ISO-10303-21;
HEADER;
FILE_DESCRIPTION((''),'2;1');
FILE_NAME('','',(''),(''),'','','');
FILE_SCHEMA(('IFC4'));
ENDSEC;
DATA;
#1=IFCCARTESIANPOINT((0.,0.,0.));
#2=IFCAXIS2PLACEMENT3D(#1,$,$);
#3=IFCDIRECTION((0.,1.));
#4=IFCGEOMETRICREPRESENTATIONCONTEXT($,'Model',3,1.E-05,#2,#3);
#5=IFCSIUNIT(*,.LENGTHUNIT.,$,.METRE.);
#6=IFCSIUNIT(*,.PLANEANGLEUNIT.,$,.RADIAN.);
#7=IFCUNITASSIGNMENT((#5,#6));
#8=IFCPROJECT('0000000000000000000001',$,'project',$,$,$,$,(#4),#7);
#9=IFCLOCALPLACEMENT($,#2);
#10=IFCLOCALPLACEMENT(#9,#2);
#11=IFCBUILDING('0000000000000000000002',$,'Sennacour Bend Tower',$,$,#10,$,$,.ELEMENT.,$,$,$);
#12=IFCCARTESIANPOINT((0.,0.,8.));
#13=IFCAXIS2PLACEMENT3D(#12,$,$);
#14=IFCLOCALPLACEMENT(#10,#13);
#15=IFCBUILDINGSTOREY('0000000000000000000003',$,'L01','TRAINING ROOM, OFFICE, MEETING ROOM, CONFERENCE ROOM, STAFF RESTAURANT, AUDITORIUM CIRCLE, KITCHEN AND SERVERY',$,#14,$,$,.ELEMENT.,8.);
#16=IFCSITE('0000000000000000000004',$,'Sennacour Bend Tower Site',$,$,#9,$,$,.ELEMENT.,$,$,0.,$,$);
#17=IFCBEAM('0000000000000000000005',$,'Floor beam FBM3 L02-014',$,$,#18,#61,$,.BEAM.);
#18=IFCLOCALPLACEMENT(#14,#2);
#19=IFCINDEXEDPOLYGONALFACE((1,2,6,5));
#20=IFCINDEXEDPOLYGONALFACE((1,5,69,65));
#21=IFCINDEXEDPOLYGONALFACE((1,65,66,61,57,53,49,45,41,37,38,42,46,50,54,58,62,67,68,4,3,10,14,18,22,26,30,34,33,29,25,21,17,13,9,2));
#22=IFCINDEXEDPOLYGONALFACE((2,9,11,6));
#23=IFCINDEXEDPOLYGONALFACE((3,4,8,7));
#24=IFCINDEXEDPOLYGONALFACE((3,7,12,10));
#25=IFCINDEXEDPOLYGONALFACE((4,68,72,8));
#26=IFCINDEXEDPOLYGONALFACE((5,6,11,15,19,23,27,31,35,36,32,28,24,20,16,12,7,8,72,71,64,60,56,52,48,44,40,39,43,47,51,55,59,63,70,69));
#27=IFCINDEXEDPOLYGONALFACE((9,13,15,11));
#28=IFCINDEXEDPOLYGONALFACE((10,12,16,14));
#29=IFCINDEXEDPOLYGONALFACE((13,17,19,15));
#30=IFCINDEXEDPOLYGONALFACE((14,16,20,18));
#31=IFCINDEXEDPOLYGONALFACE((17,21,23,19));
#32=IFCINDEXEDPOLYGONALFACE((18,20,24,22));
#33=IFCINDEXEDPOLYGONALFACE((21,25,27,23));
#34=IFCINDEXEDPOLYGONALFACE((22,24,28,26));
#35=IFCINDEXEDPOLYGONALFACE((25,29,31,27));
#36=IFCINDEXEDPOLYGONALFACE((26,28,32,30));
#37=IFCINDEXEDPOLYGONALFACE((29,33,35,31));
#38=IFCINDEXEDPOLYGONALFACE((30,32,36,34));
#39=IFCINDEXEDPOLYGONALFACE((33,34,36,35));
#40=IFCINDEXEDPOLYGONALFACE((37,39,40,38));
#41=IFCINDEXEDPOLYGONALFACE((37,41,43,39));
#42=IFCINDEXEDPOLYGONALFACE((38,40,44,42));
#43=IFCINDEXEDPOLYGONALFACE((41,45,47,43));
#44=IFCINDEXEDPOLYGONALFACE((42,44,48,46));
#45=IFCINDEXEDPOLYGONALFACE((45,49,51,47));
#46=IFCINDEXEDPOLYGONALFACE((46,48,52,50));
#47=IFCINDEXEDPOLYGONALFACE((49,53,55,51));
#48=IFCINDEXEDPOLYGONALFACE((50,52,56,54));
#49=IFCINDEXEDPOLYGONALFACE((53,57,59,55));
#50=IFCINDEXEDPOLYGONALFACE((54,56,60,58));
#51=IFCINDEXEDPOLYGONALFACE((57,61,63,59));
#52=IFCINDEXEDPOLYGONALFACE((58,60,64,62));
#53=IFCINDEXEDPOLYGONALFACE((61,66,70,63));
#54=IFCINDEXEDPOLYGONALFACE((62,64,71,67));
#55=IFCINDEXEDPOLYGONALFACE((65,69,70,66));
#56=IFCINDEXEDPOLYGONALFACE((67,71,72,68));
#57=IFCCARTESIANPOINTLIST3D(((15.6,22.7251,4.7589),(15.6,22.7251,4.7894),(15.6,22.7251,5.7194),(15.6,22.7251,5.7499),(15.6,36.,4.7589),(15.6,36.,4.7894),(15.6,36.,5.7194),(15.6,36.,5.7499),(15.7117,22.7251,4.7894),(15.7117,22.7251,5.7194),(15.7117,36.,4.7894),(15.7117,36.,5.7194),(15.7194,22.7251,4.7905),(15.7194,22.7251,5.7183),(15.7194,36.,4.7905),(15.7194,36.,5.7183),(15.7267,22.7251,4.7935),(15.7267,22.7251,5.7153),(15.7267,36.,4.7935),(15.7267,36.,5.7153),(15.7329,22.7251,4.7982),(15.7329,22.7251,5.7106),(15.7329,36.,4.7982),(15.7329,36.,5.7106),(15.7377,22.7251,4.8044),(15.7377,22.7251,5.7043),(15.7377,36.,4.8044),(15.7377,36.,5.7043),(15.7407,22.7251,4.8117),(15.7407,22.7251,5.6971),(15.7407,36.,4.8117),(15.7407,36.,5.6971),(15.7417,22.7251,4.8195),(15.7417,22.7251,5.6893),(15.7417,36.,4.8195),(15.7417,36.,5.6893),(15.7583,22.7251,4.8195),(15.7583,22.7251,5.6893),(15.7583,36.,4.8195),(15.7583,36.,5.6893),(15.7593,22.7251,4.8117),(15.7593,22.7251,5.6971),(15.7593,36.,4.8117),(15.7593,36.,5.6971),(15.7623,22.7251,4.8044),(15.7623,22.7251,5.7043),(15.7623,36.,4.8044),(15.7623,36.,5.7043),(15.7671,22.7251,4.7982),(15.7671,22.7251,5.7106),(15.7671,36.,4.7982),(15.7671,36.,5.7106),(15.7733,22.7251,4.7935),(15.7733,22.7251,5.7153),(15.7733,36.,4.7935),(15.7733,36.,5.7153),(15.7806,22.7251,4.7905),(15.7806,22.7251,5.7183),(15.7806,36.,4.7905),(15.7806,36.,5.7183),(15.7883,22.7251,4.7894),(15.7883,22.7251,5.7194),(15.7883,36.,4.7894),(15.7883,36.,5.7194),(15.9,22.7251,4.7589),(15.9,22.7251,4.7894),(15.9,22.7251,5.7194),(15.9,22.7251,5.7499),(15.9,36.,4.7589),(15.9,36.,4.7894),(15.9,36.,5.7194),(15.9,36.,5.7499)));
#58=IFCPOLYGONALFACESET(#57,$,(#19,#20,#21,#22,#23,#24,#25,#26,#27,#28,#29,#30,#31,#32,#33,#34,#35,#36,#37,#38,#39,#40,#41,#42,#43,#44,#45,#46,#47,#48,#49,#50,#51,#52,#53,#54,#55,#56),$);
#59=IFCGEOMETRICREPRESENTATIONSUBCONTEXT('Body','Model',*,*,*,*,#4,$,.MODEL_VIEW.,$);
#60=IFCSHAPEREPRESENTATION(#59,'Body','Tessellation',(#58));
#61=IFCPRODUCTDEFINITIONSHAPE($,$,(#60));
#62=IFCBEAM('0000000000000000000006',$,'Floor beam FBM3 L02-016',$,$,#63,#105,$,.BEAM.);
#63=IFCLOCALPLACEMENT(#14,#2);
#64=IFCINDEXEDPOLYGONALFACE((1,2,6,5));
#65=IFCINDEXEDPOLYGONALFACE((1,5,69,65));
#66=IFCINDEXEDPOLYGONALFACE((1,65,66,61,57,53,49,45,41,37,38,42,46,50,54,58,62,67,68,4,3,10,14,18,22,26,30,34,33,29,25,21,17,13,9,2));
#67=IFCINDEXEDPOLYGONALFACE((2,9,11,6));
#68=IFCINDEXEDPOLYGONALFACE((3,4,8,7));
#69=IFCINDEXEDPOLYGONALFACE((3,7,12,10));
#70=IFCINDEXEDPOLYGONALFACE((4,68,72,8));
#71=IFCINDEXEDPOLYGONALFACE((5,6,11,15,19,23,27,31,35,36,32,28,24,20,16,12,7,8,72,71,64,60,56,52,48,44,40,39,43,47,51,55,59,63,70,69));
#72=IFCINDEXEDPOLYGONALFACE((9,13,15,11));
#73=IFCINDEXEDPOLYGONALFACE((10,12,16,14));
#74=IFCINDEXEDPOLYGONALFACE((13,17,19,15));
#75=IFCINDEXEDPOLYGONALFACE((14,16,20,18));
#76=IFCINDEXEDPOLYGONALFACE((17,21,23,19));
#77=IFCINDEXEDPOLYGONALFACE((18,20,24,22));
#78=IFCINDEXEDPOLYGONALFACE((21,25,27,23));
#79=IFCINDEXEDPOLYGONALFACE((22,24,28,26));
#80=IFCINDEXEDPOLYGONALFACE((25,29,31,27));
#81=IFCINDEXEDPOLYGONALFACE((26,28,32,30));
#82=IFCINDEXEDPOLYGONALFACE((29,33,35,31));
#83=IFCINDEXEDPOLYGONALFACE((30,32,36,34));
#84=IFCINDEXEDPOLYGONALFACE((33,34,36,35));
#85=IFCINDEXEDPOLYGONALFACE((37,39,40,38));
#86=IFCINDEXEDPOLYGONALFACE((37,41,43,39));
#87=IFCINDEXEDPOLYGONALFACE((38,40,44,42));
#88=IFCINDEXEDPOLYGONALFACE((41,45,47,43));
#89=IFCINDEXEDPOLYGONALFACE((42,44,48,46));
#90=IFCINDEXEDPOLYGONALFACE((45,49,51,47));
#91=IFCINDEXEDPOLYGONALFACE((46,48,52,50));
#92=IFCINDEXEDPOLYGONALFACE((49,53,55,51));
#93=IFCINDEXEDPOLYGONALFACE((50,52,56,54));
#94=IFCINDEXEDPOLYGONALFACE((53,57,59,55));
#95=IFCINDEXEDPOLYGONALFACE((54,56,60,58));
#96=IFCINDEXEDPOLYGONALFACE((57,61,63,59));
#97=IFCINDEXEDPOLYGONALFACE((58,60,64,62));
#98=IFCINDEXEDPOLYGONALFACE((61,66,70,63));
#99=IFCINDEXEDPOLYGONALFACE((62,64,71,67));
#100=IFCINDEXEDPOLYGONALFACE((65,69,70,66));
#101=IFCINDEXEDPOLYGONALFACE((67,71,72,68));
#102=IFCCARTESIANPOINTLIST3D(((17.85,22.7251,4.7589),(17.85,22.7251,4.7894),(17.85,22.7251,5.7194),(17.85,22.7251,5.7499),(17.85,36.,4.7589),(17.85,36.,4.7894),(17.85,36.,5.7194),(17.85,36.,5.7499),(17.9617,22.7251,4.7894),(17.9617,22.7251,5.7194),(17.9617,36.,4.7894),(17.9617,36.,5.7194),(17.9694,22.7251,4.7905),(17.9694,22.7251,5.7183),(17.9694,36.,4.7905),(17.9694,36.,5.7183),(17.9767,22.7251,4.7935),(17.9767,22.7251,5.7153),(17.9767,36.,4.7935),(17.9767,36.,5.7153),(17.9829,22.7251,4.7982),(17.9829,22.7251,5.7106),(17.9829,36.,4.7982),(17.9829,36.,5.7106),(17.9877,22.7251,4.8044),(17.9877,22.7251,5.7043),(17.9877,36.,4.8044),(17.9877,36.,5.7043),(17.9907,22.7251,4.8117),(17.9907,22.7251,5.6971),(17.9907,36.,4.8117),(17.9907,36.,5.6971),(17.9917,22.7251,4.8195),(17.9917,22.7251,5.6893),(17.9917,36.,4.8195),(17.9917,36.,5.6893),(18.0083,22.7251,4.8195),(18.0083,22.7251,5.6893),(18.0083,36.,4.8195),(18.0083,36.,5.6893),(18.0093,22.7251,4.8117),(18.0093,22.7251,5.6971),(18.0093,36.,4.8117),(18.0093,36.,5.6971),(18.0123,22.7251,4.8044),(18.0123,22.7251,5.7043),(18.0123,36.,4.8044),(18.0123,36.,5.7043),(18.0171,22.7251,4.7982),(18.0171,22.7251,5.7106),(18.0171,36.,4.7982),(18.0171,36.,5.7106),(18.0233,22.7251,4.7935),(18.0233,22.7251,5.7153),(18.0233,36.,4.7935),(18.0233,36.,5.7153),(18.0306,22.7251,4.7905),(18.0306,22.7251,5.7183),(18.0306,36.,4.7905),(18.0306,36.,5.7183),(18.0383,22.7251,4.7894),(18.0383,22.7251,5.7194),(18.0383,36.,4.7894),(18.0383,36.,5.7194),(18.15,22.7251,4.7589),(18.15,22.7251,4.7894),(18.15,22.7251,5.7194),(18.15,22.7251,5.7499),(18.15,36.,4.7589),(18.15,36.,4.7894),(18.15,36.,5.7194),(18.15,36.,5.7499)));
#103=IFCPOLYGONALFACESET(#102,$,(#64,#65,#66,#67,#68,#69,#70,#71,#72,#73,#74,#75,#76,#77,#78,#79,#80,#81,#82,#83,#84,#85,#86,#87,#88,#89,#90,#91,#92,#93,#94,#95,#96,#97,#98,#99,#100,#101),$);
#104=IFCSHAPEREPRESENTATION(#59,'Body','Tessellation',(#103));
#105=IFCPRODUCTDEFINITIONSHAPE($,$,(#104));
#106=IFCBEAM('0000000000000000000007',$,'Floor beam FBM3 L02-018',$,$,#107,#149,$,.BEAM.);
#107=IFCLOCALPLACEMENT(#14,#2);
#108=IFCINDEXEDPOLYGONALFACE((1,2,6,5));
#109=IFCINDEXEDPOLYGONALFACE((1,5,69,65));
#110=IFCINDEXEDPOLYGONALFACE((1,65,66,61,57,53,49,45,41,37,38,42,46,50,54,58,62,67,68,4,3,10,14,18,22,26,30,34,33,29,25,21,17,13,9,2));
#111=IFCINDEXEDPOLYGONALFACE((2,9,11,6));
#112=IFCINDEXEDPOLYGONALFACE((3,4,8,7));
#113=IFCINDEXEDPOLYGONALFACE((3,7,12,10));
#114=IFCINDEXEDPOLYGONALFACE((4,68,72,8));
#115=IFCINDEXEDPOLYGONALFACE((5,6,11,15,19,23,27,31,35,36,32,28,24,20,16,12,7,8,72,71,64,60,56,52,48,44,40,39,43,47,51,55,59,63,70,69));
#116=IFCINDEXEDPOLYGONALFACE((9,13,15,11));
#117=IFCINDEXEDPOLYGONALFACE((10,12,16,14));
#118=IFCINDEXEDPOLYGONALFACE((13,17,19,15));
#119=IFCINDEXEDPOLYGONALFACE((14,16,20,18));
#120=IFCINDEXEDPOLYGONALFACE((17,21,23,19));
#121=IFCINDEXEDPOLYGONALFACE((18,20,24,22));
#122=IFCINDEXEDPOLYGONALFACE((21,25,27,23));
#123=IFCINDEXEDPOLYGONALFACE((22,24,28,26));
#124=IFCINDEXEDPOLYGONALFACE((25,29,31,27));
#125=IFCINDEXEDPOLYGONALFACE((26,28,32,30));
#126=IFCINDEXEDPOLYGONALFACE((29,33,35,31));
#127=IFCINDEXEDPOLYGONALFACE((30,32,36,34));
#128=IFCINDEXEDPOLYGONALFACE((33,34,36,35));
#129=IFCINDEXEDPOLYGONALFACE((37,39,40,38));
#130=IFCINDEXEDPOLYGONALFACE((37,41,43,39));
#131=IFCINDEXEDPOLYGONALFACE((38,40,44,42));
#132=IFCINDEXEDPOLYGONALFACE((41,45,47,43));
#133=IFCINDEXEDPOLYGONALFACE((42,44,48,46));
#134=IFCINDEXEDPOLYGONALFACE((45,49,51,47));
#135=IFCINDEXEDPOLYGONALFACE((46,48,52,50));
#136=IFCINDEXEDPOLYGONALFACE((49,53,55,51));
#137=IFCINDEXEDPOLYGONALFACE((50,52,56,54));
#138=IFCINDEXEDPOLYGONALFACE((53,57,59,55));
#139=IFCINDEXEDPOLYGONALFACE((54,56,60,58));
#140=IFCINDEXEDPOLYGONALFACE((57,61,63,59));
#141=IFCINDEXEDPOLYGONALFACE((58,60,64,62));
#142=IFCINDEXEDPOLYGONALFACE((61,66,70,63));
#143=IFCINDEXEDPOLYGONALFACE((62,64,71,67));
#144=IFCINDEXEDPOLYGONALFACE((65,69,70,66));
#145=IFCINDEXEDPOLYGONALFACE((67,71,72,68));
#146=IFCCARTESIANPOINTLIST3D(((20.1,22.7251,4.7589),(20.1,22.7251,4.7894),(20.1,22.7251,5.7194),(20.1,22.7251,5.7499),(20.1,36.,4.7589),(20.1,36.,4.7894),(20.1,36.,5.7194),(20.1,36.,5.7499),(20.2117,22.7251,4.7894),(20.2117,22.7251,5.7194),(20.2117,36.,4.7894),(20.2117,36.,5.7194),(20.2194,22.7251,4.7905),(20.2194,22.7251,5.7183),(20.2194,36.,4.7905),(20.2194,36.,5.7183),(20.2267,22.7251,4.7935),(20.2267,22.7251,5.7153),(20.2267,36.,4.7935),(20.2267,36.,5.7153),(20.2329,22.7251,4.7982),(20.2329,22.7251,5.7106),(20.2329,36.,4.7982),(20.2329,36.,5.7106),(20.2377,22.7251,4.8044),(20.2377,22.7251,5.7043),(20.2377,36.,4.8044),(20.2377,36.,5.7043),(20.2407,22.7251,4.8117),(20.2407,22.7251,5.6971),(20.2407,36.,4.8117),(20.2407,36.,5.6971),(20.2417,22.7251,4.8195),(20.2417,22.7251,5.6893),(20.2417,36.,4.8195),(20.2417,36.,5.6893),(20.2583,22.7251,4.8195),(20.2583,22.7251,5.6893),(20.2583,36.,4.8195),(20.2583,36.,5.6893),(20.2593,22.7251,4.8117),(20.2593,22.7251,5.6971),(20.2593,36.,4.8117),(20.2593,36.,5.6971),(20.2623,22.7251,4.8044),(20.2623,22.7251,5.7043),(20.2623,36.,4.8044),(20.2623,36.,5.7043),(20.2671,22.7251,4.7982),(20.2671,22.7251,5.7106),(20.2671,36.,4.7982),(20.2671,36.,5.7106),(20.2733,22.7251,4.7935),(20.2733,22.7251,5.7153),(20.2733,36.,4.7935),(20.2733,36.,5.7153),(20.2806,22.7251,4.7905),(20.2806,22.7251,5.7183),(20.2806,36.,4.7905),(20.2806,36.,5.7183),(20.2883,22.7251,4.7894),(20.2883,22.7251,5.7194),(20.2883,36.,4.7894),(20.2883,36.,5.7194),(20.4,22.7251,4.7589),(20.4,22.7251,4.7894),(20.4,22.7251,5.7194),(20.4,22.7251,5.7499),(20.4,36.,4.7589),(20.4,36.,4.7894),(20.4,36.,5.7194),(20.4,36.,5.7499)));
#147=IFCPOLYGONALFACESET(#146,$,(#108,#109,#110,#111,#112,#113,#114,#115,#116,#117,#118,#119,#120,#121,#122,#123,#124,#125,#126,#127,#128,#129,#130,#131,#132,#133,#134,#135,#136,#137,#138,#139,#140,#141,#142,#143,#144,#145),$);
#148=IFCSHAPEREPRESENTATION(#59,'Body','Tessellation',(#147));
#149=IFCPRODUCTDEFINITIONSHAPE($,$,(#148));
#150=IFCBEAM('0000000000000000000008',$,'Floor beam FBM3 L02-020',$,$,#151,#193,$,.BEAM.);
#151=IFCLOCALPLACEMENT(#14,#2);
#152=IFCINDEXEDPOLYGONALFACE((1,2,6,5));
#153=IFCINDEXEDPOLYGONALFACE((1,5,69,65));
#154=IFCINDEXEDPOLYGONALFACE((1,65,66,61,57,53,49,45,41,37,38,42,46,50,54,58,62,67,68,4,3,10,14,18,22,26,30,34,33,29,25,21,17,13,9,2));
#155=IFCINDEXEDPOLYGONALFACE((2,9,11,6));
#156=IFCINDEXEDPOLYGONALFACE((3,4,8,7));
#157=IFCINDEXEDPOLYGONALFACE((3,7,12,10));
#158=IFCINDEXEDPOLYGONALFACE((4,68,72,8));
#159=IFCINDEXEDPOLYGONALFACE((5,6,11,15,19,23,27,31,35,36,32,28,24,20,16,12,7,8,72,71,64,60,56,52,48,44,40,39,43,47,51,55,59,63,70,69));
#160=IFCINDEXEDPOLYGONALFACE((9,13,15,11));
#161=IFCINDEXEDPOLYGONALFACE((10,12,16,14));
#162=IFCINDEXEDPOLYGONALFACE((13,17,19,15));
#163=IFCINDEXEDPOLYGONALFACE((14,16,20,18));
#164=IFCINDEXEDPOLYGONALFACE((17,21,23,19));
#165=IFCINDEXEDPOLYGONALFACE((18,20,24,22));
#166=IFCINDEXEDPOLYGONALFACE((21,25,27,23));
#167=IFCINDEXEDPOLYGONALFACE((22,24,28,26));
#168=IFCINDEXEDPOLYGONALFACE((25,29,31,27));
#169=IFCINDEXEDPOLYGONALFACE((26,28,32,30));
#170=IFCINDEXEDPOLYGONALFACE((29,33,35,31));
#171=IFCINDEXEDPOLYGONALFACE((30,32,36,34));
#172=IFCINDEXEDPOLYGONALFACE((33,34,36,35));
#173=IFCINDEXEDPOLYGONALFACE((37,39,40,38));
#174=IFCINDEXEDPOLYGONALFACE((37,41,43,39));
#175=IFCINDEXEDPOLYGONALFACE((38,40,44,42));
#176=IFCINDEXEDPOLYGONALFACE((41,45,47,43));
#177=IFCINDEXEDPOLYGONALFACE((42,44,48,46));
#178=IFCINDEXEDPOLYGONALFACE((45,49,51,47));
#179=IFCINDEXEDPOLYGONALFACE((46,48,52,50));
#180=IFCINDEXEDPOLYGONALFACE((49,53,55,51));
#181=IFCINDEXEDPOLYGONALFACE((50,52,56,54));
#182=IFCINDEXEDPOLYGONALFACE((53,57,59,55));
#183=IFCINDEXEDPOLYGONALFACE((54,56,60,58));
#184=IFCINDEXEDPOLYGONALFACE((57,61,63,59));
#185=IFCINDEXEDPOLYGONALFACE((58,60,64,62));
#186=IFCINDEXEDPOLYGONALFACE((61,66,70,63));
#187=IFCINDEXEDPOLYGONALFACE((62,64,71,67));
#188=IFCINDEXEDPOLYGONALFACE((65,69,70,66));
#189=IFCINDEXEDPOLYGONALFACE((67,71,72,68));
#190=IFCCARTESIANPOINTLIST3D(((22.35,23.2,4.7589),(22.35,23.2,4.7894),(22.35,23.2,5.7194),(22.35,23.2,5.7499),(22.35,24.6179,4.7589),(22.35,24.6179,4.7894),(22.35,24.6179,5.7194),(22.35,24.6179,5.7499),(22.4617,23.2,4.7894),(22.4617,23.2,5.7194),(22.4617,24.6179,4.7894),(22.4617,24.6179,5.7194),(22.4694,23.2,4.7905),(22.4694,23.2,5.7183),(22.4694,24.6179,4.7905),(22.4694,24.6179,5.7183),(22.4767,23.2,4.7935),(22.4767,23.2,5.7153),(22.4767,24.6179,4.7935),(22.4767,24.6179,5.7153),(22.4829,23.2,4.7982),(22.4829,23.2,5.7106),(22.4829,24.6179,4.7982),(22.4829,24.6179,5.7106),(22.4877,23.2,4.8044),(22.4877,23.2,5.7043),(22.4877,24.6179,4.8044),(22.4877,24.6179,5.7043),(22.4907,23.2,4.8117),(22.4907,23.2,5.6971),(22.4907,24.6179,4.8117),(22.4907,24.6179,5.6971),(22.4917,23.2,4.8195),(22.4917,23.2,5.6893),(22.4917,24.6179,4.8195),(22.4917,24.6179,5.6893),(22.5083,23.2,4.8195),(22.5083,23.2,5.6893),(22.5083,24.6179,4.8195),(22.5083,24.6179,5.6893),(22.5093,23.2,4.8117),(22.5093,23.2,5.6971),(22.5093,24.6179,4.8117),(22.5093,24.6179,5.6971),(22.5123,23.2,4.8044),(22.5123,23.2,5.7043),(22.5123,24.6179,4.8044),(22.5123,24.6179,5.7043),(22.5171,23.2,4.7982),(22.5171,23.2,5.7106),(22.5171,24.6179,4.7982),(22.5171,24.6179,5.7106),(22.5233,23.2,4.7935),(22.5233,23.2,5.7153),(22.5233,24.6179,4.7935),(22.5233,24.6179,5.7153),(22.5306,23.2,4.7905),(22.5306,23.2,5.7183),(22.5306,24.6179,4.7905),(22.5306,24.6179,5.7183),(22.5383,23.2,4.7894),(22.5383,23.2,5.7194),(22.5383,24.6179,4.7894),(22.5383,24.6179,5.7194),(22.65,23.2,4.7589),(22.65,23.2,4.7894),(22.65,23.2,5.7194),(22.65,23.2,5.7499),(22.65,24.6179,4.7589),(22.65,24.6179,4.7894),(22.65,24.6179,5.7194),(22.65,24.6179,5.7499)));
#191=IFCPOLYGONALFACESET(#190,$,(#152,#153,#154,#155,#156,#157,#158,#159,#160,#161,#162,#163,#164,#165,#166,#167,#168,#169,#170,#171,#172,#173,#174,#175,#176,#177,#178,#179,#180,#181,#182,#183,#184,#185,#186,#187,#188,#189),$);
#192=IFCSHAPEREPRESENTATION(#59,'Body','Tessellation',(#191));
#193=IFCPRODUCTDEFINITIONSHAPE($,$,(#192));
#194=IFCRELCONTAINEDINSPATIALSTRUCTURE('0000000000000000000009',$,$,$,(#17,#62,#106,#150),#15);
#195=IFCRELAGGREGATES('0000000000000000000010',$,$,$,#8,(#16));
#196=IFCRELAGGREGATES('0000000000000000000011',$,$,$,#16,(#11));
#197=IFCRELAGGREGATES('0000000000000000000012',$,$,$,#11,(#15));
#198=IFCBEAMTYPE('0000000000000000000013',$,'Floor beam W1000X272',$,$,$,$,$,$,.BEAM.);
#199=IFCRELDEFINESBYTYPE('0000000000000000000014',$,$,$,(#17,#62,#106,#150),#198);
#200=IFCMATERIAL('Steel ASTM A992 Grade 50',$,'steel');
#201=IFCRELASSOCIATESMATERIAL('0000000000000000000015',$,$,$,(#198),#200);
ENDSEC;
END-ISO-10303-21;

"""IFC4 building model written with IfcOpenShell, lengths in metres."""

from ifc_helpers import new_model, si_unit, direction, frame, origin, origin_2d, place, context, subcontext, project, spatial, i_section, extrude, material, material_profile, profile_set, type_object, element, save


model = new_model("IFC4")

# Units and contexts
model_context = context("Model", 3, precision=1e-05, world=origin(), true_north=direction((0.0, 1.0)))
body_context = subcontext(model_context, "Body", "Model", "MODEL_VIEW")
ifc_project = project(units=[si_unit("LENGTHUNIT", "METRE"), si_unit("PLANEANGLEUNIT", "RADIAN")], contexts=[model_context])

# Site, building, storey
site_placement = place(None, origin())
site = spatial("IfcSite", under=ifc_project, at=site_placement, Name="Sennacour Bend Tower Site", CompositionType="ELEMENT", RefElevation=0.0)
building_placement = place(site_placement, origin())
building = spatial("IfcBuilding", under=site, at=building_placement, Name="Sennacour Bend Tower", CompositionType="ELEMENT")
storey_placement = place(building_placement, frame((0.0, 0.0, 8.0)))
storey = spatial("IfcBuildingStorey", under=building, at=storey_placement, Name="L01", Description="TRAINING ROOM, OFFICE, MEETING ROOM, CONFERENCE ROOM, STAFF RESTAURANT, AUDITORIUM CIRCLE, KITCHEN AND SERVERY", CompositionType="ELEMENT", Elevation=8.0)

# Beams
ifc_material_1 = material(Name="Steel ASTM A992 Grade 50", Category="steel")
ifc_material_profile_1 = material_profile(ifc_material_1, i_section(OverallWidth=0.3, OverallDepth=0.991, WebThickness=0.0166, FlangeThickness=0.0305, FilletRadius=0.03, at=origin_2d()), Name="Steel ASTM A992 Grade 50", Category="steel")
ifc_profile_set_1 = profile_set([ifc_material_profile_1], Name="Steel ASTM A992 Grade 50")
beam_type_1 = type_object("IfcBeamType", Name="Floor beam W1000X272", PredefinedType="BEAM", material=ifc_profile_set_1)
for number, where, z_axis, x_axis, name in (
    (1, (15.75, 22.7251, 5.2544), (0.0, 1.0, 0.0), (-1.0, 0.0, 0.0), "Floor beam FBM3 L02-014"),
    (2, (18.0, 22.7251, 5.2544), (0.0, 1.0, 0.0), (-1.0, 0.0, 0.0), "Floor beam FBM3 L02-016"),
    (3, (20.25, 22.7251, 5.2544), (0.0, 1.0, 0.0), (-1.0, 0.0, 0.0), "Floor beam FBM3 L02-018"),
):
    element("IfcBeam", number, at=place(storey_placement, frame(where, z_axis=z_axis, x_axis=x_axis)), inside=storey, type_object=beam_type_1, Name=name, PredefinedType="BEAM", context=body_context, shape_type="SweptSolid", body=[
        extrude(i_section(OverallWidth=0.3, OverallDepth=0.991, WebThickness=0.0166, FlangeThickness=0.0305, FilletRadius=0.03, at=origin_2d()), origin(), (0.0, 0.0, 1.0), 13.2749),
    ])
beam_1_placement = place(storey_placement, frame((22.5, 23.2, 5.2544), z_axis=(0.0, 1.0, 0.0), x_axis=(-1.0, 0.0, 0.0)))
element("IfcBeam", 4, at=beam_1_placement, inside=storey, type_object=beam_type_1, Name="Floor beam FBM3 L02-020", PredefinedType="BEAM", context=body_context, shape_type="SweptSolid", body=[
    extrude(i_section(OverallWidth=0.3, OverallDepth=0.991, WebThickness=0.0166, FlangeThickness=0.0305, FilletRadius=0.03, at=origin_2d()), origin(), (0.0, 0.0, 1.0), 1.418),
])

save(model, "model.ifc")
